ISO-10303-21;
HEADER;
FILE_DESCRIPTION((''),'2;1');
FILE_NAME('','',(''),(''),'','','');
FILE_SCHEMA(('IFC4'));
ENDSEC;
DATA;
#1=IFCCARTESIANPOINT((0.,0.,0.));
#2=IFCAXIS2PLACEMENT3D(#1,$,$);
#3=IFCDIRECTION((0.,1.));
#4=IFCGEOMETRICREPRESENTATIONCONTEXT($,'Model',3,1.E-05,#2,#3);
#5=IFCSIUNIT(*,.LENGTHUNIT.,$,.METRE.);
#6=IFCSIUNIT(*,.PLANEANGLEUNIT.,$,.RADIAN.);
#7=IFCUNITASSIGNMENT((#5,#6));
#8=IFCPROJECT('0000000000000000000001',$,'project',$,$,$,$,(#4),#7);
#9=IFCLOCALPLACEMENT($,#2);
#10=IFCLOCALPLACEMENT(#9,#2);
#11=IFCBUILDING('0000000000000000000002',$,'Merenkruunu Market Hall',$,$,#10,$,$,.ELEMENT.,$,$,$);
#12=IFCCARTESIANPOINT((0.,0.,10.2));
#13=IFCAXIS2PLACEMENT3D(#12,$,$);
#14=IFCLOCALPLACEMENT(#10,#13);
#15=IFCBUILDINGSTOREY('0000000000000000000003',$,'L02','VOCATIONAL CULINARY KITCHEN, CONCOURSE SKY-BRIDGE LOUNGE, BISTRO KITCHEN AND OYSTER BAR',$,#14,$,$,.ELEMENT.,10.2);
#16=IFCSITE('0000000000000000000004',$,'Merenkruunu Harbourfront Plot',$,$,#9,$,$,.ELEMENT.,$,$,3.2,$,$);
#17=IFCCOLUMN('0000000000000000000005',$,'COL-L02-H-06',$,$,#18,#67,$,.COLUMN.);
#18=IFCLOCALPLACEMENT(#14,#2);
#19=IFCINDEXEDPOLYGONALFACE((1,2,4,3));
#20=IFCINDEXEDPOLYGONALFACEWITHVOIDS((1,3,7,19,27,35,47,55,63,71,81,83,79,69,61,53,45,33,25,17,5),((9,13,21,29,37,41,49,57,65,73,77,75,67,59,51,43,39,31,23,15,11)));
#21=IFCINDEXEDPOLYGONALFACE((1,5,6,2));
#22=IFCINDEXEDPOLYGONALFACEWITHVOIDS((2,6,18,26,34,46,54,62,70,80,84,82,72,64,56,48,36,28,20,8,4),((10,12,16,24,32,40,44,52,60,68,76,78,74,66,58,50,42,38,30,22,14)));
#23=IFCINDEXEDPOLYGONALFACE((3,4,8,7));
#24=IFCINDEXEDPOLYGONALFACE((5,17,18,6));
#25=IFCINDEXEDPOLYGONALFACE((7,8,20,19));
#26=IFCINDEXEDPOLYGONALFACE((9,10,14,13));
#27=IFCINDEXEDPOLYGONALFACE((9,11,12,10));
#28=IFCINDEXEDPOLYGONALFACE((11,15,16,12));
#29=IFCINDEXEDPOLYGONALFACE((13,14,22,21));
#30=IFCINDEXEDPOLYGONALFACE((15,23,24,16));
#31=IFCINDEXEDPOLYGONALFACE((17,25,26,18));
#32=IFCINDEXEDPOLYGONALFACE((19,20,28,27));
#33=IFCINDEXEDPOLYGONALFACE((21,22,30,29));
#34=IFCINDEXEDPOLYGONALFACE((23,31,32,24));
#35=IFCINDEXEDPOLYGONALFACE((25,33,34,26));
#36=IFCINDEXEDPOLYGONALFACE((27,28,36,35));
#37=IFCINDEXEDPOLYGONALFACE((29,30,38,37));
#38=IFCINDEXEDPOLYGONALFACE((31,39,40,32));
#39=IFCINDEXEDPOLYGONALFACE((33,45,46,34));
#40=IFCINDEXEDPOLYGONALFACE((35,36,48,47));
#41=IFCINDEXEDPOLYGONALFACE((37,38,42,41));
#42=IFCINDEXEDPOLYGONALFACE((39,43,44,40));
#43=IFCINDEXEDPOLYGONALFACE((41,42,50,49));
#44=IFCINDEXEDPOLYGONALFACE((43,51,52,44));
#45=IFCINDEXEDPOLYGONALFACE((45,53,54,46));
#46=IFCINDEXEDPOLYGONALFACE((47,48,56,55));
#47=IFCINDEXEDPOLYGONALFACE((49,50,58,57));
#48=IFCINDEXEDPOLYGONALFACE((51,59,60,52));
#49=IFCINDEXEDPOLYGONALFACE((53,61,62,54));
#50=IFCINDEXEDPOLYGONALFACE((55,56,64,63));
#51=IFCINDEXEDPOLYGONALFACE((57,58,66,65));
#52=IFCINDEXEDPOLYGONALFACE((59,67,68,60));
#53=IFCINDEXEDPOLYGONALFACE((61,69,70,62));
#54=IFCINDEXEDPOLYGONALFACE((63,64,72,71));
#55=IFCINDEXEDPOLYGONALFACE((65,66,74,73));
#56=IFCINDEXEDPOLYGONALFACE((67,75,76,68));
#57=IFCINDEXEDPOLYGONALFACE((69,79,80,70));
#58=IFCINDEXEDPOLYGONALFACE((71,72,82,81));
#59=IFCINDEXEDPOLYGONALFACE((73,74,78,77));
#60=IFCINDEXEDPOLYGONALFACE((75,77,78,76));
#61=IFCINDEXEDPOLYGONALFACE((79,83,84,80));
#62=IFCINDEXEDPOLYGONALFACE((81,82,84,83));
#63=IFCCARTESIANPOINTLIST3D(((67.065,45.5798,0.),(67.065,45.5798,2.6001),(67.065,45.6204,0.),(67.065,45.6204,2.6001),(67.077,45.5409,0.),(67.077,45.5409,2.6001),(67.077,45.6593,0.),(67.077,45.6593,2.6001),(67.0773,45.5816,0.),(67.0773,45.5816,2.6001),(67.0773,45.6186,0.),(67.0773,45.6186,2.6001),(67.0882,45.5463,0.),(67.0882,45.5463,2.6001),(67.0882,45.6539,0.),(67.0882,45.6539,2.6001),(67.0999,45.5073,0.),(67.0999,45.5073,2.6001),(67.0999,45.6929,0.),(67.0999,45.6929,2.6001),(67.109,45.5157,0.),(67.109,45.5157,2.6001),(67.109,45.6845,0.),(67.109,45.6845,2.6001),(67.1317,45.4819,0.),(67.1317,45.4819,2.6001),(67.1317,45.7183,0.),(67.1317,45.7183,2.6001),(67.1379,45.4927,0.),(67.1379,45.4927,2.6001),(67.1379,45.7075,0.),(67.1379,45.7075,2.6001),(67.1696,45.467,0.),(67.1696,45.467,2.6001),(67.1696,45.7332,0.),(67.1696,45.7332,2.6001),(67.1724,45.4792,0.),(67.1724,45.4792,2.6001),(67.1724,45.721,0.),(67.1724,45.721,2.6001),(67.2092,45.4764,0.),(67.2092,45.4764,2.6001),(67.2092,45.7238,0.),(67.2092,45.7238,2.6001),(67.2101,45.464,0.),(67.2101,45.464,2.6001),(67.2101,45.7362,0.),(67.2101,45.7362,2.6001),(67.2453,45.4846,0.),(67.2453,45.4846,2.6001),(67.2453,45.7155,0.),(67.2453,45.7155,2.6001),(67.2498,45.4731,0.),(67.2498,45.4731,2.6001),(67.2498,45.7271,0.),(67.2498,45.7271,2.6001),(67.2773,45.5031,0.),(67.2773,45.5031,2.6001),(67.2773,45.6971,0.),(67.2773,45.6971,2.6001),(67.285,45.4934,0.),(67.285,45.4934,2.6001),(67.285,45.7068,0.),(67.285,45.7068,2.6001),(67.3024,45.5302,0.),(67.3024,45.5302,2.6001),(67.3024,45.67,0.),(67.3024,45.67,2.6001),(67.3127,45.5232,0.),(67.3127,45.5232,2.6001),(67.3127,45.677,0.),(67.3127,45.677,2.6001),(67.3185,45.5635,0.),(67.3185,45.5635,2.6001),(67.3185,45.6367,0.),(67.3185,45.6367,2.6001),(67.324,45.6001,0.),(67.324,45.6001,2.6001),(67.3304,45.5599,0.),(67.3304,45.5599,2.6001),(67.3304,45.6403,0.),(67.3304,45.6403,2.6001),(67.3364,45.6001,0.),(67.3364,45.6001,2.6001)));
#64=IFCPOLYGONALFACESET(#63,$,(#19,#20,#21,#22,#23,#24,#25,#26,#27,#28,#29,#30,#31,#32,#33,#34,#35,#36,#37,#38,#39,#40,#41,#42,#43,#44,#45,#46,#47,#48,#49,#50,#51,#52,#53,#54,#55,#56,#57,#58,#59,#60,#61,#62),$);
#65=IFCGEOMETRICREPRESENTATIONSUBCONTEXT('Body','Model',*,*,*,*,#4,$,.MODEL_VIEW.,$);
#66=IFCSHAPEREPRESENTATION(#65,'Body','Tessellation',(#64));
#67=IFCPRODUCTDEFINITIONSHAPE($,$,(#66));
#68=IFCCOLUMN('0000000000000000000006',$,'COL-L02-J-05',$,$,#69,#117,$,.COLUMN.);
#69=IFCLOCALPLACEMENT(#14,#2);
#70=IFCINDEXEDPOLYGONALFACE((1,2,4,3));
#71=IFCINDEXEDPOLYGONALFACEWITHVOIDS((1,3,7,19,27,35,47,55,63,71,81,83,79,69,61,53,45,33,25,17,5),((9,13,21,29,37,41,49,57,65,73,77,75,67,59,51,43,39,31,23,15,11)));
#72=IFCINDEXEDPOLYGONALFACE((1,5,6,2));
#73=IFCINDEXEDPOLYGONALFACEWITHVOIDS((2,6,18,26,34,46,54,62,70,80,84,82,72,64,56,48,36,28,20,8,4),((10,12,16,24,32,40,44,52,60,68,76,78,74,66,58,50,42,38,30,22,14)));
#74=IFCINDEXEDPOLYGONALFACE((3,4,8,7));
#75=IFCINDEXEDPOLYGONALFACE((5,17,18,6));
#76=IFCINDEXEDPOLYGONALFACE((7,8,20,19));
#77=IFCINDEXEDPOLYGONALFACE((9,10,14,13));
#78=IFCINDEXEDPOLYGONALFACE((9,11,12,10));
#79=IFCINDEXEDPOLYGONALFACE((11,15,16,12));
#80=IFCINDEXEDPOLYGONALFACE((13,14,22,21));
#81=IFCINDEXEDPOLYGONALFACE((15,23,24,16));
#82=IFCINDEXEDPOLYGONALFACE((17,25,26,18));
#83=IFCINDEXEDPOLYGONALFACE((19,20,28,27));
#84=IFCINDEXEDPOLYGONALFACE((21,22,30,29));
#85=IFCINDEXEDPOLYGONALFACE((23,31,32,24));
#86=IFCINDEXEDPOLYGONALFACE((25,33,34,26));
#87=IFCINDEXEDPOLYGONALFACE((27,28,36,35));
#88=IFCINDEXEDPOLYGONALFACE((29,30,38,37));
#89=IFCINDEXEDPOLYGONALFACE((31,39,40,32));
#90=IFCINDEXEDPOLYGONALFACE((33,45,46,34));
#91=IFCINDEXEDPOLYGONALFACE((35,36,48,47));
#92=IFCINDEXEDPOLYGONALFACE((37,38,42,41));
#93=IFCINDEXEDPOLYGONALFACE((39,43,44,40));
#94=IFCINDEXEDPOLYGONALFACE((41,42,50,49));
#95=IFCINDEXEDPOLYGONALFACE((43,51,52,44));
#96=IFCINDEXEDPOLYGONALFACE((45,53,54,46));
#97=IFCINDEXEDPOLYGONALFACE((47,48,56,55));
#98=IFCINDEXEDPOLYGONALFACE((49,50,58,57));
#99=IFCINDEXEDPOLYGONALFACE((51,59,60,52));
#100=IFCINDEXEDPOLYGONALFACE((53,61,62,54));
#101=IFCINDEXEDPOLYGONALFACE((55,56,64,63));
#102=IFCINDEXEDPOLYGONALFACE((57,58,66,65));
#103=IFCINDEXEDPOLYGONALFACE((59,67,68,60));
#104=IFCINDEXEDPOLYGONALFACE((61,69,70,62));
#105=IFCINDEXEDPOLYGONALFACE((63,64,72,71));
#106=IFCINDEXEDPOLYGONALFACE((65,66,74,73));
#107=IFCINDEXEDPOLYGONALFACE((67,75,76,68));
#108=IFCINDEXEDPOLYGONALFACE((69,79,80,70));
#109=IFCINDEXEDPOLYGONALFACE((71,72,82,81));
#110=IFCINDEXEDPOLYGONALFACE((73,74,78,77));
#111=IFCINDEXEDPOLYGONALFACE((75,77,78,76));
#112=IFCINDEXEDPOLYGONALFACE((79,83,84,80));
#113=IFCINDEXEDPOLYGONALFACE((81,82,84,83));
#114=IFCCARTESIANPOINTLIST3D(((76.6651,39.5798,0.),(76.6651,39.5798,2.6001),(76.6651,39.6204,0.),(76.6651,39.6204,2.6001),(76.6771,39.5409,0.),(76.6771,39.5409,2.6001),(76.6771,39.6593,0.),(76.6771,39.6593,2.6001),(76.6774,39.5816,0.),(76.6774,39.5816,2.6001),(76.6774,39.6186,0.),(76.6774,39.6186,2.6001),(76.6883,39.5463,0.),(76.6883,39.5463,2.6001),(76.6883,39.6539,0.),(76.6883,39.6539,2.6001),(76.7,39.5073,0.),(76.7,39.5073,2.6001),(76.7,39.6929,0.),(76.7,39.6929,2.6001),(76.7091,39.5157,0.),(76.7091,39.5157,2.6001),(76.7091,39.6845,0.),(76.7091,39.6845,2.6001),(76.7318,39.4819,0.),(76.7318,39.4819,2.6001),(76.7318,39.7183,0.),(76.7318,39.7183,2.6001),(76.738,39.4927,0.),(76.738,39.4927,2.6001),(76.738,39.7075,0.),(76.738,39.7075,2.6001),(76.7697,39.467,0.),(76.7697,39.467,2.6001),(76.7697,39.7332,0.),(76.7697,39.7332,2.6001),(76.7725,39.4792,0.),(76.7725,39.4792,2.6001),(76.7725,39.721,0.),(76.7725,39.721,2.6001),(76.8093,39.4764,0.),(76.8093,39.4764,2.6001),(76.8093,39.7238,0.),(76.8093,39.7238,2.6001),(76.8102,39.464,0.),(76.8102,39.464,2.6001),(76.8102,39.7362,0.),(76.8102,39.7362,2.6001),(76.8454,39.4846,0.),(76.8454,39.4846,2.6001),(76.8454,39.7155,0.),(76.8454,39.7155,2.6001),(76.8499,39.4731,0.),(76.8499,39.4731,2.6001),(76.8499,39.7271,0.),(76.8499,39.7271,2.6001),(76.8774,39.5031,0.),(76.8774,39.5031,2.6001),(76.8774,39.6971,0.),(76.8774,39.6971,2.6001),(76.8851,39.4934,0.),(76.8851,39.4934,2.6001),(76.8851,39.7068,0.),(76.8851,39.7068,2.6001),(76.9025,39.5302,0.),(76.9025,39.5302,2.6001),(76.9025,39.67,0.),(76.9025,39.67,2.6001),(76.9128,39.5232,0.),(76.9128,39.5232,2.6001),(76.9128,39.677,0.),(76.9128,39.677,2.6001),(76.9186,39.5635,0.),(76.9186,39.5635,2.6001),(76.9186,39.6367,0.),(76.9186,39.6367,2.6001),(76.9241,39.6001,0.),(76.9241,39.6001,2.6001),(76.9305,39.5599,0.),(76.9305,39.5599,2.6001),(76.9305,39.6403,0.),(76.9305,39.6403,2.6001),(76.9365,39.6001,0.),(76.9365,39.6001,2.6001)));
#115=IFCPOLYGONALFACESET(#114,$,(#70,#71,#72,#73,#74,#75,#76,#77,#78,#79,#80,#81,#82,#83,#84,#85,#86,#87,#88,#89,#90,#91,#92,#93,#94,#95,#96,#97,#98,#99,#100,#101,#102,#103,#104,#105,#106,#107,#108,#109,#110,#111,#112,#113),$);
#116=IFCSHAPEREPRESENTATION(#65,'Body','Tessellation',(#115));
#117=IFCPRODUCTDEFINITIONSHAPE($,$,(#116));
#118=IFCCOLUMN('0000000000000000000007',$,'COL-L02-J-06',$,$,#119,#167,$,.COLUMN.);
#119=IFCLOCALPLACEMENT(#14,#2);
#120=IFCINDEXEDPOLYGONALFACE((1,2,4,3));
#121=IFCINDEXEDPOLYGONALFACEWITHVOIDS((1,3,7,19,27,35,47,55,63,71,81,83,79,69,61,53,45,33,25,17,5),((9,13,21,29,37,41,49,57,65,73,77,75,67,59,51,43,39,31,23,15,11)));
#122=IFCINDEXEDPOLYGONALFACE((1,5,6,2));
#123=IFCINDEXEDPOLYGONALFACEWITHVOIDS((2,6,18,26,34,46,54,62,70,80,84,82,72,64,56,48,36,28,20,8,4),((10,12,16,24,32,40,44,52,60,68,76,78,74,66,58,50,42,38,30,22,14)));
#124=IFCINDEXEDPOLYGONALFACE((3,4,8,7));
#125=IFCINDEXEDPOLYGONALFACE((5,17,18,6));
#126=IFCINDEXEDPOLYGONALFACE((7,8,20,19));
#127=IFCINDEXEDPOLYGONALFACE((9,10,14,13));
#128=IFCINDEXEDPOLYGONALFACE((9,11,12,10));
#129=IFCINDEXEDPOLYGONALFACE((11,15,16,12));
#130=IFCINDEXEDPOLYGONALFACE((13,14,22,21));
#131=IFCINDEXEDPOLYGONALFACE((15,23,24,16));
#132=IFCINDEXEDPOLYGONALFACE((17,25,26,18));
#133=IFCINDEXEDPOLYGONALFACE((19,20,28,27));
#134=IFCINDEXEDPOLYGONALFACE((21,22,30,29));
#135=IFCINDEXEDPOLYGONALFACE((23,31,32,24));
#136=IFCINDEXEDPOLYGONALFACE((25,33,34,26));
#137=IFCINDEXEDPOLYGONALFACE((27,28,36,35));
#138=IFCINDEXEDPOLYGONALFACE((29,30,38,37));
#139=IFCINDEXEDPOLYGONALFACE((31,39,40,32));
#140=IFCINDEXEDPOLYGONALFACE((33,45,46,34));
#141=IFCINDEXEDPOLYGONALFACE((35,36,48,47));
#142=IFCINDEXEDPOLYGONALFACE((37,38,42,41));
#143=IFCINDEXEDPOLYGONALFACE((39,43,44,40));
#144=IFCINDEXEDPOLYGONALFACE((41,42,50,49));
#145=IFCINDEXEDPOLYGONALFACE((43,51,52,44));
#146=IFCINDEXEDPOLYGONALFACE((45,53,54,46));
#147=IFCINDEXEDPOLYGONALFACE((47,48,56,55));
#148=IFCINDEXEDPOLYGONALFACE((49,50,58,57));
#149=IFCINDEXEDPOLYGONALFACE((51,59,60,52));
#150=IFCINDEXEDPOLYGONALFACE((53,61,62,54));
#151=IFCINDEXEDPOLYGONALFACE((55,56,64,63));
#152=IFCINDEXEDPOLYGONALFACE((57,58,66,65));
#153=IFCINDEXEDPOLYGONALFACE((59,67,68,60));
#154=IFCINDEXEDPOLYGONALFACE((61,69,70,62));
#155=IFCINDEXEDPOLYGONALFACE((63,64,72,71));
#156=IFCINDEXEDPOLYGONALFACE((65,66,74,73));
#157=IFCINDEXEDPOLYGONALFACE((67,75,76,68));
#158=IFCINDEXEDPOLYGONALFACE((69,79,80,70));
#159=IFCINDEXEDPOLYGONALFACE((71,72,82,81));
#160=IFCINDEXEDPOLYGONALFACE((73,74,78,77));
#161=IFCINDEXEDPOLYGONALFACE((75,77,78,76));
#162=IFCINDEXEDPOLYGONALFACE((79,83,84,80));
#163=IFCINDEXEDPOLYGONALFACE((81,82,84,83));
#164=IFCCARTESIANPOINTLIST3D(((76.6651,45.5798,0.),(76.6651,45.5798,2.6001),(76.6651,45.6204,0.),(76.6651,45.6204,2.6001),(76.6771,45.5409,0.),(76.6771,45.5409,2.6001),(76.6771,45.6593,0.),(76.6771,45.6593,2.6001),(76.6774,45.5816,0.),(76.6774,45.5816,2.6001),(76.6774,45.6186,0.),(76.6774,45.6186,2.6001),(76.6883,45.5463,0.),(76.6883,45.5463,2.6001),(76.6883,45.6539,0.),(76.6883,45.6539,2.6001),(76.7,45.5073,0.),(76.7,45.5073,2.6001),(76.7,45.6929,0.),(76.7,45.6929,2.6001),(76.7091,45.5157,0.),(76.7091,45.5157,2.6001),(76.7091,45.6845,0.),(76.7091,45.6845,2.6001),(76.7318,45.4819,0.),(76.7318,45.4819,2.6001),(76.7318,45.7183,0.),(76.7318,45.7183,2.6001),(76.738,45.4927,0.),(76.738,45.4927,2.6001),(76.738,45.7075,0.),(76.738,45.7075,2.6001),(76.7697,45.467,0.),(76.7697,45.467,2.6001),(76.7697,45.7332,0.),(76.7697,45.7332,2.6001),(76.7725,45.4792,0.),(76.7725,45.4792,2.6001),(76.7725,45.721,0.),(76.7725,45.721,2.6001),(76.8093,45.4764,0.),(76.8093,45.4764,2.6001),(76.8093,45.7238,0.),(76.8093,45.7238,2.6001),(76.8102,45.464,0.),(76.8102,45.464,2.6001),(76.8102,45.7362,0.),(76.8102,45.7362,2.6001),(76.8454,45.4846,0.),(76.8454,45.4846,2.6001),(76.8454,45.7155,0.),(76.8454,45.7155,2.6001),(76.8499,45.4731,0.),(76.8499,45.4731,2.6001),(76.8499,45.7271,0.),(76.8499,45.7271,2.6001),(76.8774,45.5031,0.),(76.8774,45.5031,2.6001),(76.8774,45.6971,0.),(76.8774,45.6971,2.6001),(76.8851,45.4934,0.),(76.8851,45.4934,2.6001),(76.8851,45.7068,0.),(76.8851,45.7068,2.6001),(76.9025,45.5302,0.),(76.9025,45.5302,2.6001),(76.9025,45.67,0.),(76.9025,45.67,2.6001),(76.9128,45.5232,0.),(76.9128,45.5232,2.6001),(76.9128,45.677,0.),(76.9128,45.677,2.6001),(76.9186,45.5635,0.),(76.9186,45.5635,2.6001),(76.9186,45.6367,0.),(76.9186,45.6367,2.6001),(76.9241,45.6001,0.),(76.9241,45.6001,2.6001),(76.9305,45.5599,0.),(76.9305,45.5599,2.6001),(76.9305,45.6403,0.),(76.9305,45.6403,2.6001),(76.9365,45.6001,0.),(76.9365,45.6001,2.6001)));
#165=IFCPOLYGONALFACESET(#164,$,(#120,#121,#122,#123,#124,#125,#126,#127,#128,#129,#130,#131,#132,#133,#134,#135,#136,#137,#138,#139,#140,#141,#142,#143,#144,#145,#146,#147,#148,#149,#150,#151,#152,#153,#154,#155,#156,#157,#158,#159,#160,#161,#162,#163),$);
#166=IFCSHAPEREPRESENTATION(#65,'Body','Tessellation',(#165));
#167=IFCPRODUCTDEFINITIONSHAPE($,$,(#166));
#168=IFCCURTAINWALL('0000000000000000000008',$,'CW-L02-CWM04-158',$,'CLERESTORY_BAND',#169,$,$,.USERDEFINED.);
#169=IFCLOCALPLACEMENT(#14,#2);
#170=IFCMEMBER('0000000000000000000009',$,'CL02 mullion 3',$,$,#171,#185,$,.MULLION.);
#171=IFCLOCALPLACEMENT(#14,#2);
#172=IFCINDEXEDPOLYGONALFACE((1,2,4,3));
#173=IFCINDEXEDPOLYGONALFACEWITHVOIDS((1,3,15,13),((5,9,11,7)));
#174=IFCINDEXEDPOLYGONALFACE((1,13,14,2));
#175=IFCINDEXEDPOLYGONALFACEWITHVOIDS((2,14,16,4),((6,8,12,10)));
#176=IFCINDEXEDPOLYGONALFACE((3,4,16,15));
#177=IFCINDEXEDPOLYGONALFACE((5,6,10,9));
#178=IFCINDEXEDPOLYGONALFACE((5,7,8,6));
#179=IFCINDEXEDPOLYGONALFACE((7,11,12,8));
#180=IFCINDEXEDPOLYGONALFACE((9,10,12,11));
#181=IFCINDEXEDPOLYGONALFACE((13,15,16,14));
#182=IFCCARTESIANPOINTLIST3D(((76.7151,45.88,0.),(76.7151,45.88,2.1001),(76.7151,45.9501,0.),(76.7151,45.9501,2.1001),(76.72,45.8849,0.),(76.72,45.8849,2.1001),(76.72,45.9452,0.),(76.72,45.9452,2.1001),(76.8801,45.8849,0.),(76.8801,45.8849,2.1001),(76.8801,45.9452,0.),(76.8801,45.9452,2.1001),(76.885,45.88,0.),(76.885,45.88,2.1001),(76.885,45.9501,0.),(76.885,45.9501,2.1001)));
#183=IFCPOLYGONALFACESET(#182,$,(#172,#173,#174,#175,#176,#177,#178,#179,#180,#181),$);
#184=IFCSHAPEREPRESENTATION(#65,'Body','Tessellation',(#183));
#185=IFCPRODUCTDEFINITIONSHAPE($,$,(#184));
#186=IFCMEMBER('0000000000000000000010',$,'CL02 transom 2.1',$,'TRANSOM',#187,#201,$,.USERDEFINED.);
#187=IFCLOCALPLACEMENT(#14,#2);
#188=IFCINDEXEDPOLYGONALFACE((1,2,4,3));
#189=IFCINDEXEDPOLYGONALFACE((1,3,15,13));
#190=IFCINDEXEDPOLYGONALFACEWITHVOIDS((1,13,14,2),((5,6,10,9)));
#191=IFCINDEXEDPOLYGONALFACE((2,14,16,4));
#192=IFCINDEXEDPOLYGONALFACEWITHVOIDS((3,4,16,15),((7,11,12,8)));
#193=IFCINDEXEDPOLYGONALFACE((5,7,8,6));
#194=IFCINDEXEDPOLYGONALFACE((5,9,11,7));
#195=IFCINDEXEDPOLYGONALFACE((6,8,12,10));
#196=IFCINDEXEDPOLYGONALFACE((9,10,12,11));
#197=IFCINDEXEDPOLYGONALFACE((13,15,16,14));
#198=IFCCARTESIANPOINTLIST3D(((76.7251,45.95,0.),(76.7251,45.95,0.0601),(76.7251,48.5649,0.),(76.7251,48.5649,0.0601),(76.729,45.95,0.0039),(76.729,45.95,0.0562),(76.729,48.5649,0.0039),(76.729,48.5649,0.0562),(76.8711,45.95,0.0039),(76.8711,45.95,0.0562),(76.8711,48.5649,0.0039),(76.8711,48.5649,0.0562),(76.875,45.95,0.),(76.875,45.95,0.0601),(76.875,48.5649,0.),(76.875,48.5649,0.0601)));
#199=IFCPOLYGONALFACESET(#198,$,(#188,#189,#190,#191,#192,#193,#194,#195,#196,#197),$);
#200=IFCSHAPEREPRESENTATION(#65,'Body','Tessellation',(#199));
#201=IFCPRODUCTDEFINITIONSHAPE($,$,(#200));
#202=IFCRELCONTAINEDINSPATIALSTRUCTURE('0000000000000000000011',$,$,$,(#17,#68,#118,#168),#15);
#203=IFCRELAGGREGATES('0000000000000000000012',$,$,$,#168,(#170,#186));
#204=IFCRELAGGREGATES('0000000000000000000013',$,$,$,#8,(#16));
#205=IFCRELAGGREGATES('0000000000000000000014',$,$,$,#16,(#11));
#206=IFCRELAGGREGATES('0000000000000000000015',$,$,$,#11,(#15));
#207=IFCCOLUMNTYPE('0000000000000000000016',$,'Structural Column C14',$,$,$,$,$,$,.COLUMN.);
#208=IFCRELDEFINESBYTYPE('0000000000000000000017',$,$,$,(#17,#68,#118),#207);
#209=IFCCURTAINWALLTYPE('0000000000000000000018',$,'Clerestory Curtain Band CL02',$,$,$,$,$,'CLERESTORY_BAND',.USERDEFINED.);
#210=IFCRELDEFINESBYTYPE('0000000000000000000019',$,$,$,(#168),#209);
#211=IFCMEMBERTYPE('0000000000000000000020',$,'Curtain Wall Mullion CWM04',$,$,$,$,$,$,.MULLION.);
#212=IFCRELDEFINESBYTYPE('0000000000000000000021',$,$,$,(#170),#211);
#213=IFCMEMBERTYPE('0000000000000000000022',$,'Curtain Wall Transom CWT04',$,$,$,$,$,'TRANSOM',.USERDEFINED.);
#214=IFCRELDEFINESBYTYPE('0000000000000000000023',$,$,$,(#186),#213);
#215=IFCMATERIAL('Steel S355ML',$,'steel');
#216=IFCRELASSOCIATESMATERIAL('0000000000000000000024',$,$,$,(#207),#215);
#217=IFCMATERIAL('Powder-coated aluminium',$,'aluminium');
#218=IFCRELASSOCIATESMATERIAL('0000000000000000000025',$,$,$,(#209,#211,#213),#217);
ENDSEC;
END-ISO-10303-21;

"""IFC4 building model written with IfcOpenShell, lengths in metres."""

from ifc_helpers import new_model, si_unit, direction, frame, origin, origin_2d, place, context, subcontext, project, spatial, hollow_rectangle, hollow_circle, extrude, material, material_profile, profile_set, type_object, element, aggregate, save


model = new_model("IFC4")

# Units and contexts
model_context = context("Model", 3, precision=1e-05, world=origin(), true_north=direction((0.0, 1.0)))
body_context = subcontext(model_context, "Body", "Model", "MODEL_VIEW")
ifc_project = project(units=[si_unit("LENGTHUNIT", "METRE"), si_unit("PLANEANGLEUNIT", "RADIAN")], contexts=[model_context])

# Site, building, storey
site_placement = place(None, origin())
site = spatial("IfcSite", under=ifc_project, at=site_placement, Name="Merenkruunu Harbourfront Plot", CompositionType="ELEMENT", RefElevation=3.2)
building_placement = place(site_placement, origin())
building = spatial("IfcBuilding", under=site, at=building_placement, Name="Merenkruunu Market Hall", CompositionType="ELEMENT")
storey_placement = place(building_placement, frame((0.0, 0.0, 10.2)))
storey = spatial("IfcBuildingStorey", under=building, at=storey_placement, Name="L02", Description="VOCATIONAL CULINARY KITCHEN, CONCOURSE SKY-BRIDGE LOUNGE, BISTRO KITCHEN AND OYSTER BAR", CompositionType="ELEMENT", Elevation=10.2)

# Columns
ifc_material_1 = material(Name="Steel S355ML", Category="steel")
ifc_material_profile_1 = material_profile(ifc_material_1, hollow_circle(Radius=0.1365, WallThickness=0.0125, at=origin_2d()), Name="CHS 273x12.5")
ifc_profile_set_1 = profile_set([ifc_material_profile_1], Name="Steel S355ML")
column_type = type_object("IfcColumnType", Name="Structural Column C14", PredefinedType="COLUMN", material=ifc_profile_set_1)
for number, where, z_axis, x_axis, name in (
    (1, (67.2, 45.6001, 0.0), (0.0, 0.0, 1.0), (1.0, 0.0, 0.0), "COL-L02-H-06"),
    (2, (76.8, 39.6001, 0.0), (0.0, 0.0, 1.0), (1.0, 0.0, 0.0), "COL-L02-J-05"),
    (3, (76.8, 45.6001, 0.0), (0.0, 0.0, 1.0), (1.0, 0.0, 0.0), "COL-L02-J-06"),
):
    element("IfcColumn", number, at=place(storey_placement, frame(where, z_axis=z_axis, x_axis=x_axis)), inside=storey, type_object=column_type, Name=name, PredefinedType="COLUMN", context=body_context, shape_type="SweptSolid", body=[
        extrude(hollow_circle(Radius=0.1365, WallThickness=0.0125, at=origin_2d()), origin(), (0.0, 0.0, 1.0), 2.6001),
    ])

# Curtain wall, members
ifc_material_2 = material(Name="Powder-coated aluminium", Category="aluminium")
curtain_wall_type = type_object("IfcCurtainWallType", Name="Clerestory Curtain Band CL02", ElementType="CLERESTORY_BAND", PredefinedType="USERDEFINED", material=ifc_material_2)
curtain_wall_placement = place(storey_placement, origin())
curtain_wall = element("IfcCurtainWall", 4, at=curtain_wall_placement, inside=storey, type_object=curtain_wall_type, Name="CW-L02-CWM04-158", ObjectType="CLERESTORY_BAND", PredefinedType="USERDEFINED")
ifc_material_profile_2 = material_profile(ifc_material_2, hollow_rectangle(XDim=0.0701, YDim=0.1699, WallThickness=0.0049, at=origin_2d()), Name="ALU 70x170x5")
ifc_profile_set_2 = profile_set([ifc_material_profile_2], Name="Powder-coated aluminium")
member_type_1 = type_object("IfcMemberType", Name="Curtain Wall Mullion CWM04", PredefinedType="MULLION", material=ifc_profile_set_2)
member_1_placement = place(storey_placement, frame((76.8, 45.915, 0.0), z_axis=(0.0, 0.0, 1.0), x_axis=(0.0, -1.0, 0.0)))
member_1 = element("IfcMember", 5, at=member_1_placement, type_object=member_type_1, Name="CL02 mullion 3", PredefinedType="MULLION", context=body_context, shape_type="SweptSolid", body=[
    extrude(hollow_rectangle(XDim=0.0701, YDim=0.1699, WallThickness=0.0049, at=origin_2d()), origin(), (0.0, 0.0, 1.0), 2.1001),
])
ifc_material_profile_3 = material_profile(ifc_material_2, hollow_rectangle(XDim=0.0601, YDim=0.1499, WallThickness=0.0039, at=origin_2d()), Name="ALU 60x150x4")
ifc_profile_set_3 = profile_set([ifc_material_profile_3], Name="Powder-coated aluminium")
member_type_2 = type_object("IfcMemberType", Name="Curtain Wall Transom CWT04", ElementType="TRANSOM", PredefinedType="USERDEFINED", material=ifc_profile_set_3)
member_2_placement = place(storey_placement, frame((76.8, 48.5649, 0.03), z_axis=(0.0, -1.0, 0.0), x_axis=(0.0, 0.0, 1.0)))
member_2 = element("IfcMember", 6, at=member_2_placement, type_object=member_type_2, Name="CL02 transom 2.1", ObjectType="TRANSOM", PredefinedType="USERDEFINED", context=body_context, shape_type="SweptSolid", body=[
    extrude(hollow_rectangle(XDim=0.0601, YDim=0.1499, WallThickness=0.0039, at=origin_2d()), origin(), (0.0, 0.0, 1.0), 2.615),
])

aggregate(curtain_wall, [member_1, member_2])

save(model, "model.ifc")
